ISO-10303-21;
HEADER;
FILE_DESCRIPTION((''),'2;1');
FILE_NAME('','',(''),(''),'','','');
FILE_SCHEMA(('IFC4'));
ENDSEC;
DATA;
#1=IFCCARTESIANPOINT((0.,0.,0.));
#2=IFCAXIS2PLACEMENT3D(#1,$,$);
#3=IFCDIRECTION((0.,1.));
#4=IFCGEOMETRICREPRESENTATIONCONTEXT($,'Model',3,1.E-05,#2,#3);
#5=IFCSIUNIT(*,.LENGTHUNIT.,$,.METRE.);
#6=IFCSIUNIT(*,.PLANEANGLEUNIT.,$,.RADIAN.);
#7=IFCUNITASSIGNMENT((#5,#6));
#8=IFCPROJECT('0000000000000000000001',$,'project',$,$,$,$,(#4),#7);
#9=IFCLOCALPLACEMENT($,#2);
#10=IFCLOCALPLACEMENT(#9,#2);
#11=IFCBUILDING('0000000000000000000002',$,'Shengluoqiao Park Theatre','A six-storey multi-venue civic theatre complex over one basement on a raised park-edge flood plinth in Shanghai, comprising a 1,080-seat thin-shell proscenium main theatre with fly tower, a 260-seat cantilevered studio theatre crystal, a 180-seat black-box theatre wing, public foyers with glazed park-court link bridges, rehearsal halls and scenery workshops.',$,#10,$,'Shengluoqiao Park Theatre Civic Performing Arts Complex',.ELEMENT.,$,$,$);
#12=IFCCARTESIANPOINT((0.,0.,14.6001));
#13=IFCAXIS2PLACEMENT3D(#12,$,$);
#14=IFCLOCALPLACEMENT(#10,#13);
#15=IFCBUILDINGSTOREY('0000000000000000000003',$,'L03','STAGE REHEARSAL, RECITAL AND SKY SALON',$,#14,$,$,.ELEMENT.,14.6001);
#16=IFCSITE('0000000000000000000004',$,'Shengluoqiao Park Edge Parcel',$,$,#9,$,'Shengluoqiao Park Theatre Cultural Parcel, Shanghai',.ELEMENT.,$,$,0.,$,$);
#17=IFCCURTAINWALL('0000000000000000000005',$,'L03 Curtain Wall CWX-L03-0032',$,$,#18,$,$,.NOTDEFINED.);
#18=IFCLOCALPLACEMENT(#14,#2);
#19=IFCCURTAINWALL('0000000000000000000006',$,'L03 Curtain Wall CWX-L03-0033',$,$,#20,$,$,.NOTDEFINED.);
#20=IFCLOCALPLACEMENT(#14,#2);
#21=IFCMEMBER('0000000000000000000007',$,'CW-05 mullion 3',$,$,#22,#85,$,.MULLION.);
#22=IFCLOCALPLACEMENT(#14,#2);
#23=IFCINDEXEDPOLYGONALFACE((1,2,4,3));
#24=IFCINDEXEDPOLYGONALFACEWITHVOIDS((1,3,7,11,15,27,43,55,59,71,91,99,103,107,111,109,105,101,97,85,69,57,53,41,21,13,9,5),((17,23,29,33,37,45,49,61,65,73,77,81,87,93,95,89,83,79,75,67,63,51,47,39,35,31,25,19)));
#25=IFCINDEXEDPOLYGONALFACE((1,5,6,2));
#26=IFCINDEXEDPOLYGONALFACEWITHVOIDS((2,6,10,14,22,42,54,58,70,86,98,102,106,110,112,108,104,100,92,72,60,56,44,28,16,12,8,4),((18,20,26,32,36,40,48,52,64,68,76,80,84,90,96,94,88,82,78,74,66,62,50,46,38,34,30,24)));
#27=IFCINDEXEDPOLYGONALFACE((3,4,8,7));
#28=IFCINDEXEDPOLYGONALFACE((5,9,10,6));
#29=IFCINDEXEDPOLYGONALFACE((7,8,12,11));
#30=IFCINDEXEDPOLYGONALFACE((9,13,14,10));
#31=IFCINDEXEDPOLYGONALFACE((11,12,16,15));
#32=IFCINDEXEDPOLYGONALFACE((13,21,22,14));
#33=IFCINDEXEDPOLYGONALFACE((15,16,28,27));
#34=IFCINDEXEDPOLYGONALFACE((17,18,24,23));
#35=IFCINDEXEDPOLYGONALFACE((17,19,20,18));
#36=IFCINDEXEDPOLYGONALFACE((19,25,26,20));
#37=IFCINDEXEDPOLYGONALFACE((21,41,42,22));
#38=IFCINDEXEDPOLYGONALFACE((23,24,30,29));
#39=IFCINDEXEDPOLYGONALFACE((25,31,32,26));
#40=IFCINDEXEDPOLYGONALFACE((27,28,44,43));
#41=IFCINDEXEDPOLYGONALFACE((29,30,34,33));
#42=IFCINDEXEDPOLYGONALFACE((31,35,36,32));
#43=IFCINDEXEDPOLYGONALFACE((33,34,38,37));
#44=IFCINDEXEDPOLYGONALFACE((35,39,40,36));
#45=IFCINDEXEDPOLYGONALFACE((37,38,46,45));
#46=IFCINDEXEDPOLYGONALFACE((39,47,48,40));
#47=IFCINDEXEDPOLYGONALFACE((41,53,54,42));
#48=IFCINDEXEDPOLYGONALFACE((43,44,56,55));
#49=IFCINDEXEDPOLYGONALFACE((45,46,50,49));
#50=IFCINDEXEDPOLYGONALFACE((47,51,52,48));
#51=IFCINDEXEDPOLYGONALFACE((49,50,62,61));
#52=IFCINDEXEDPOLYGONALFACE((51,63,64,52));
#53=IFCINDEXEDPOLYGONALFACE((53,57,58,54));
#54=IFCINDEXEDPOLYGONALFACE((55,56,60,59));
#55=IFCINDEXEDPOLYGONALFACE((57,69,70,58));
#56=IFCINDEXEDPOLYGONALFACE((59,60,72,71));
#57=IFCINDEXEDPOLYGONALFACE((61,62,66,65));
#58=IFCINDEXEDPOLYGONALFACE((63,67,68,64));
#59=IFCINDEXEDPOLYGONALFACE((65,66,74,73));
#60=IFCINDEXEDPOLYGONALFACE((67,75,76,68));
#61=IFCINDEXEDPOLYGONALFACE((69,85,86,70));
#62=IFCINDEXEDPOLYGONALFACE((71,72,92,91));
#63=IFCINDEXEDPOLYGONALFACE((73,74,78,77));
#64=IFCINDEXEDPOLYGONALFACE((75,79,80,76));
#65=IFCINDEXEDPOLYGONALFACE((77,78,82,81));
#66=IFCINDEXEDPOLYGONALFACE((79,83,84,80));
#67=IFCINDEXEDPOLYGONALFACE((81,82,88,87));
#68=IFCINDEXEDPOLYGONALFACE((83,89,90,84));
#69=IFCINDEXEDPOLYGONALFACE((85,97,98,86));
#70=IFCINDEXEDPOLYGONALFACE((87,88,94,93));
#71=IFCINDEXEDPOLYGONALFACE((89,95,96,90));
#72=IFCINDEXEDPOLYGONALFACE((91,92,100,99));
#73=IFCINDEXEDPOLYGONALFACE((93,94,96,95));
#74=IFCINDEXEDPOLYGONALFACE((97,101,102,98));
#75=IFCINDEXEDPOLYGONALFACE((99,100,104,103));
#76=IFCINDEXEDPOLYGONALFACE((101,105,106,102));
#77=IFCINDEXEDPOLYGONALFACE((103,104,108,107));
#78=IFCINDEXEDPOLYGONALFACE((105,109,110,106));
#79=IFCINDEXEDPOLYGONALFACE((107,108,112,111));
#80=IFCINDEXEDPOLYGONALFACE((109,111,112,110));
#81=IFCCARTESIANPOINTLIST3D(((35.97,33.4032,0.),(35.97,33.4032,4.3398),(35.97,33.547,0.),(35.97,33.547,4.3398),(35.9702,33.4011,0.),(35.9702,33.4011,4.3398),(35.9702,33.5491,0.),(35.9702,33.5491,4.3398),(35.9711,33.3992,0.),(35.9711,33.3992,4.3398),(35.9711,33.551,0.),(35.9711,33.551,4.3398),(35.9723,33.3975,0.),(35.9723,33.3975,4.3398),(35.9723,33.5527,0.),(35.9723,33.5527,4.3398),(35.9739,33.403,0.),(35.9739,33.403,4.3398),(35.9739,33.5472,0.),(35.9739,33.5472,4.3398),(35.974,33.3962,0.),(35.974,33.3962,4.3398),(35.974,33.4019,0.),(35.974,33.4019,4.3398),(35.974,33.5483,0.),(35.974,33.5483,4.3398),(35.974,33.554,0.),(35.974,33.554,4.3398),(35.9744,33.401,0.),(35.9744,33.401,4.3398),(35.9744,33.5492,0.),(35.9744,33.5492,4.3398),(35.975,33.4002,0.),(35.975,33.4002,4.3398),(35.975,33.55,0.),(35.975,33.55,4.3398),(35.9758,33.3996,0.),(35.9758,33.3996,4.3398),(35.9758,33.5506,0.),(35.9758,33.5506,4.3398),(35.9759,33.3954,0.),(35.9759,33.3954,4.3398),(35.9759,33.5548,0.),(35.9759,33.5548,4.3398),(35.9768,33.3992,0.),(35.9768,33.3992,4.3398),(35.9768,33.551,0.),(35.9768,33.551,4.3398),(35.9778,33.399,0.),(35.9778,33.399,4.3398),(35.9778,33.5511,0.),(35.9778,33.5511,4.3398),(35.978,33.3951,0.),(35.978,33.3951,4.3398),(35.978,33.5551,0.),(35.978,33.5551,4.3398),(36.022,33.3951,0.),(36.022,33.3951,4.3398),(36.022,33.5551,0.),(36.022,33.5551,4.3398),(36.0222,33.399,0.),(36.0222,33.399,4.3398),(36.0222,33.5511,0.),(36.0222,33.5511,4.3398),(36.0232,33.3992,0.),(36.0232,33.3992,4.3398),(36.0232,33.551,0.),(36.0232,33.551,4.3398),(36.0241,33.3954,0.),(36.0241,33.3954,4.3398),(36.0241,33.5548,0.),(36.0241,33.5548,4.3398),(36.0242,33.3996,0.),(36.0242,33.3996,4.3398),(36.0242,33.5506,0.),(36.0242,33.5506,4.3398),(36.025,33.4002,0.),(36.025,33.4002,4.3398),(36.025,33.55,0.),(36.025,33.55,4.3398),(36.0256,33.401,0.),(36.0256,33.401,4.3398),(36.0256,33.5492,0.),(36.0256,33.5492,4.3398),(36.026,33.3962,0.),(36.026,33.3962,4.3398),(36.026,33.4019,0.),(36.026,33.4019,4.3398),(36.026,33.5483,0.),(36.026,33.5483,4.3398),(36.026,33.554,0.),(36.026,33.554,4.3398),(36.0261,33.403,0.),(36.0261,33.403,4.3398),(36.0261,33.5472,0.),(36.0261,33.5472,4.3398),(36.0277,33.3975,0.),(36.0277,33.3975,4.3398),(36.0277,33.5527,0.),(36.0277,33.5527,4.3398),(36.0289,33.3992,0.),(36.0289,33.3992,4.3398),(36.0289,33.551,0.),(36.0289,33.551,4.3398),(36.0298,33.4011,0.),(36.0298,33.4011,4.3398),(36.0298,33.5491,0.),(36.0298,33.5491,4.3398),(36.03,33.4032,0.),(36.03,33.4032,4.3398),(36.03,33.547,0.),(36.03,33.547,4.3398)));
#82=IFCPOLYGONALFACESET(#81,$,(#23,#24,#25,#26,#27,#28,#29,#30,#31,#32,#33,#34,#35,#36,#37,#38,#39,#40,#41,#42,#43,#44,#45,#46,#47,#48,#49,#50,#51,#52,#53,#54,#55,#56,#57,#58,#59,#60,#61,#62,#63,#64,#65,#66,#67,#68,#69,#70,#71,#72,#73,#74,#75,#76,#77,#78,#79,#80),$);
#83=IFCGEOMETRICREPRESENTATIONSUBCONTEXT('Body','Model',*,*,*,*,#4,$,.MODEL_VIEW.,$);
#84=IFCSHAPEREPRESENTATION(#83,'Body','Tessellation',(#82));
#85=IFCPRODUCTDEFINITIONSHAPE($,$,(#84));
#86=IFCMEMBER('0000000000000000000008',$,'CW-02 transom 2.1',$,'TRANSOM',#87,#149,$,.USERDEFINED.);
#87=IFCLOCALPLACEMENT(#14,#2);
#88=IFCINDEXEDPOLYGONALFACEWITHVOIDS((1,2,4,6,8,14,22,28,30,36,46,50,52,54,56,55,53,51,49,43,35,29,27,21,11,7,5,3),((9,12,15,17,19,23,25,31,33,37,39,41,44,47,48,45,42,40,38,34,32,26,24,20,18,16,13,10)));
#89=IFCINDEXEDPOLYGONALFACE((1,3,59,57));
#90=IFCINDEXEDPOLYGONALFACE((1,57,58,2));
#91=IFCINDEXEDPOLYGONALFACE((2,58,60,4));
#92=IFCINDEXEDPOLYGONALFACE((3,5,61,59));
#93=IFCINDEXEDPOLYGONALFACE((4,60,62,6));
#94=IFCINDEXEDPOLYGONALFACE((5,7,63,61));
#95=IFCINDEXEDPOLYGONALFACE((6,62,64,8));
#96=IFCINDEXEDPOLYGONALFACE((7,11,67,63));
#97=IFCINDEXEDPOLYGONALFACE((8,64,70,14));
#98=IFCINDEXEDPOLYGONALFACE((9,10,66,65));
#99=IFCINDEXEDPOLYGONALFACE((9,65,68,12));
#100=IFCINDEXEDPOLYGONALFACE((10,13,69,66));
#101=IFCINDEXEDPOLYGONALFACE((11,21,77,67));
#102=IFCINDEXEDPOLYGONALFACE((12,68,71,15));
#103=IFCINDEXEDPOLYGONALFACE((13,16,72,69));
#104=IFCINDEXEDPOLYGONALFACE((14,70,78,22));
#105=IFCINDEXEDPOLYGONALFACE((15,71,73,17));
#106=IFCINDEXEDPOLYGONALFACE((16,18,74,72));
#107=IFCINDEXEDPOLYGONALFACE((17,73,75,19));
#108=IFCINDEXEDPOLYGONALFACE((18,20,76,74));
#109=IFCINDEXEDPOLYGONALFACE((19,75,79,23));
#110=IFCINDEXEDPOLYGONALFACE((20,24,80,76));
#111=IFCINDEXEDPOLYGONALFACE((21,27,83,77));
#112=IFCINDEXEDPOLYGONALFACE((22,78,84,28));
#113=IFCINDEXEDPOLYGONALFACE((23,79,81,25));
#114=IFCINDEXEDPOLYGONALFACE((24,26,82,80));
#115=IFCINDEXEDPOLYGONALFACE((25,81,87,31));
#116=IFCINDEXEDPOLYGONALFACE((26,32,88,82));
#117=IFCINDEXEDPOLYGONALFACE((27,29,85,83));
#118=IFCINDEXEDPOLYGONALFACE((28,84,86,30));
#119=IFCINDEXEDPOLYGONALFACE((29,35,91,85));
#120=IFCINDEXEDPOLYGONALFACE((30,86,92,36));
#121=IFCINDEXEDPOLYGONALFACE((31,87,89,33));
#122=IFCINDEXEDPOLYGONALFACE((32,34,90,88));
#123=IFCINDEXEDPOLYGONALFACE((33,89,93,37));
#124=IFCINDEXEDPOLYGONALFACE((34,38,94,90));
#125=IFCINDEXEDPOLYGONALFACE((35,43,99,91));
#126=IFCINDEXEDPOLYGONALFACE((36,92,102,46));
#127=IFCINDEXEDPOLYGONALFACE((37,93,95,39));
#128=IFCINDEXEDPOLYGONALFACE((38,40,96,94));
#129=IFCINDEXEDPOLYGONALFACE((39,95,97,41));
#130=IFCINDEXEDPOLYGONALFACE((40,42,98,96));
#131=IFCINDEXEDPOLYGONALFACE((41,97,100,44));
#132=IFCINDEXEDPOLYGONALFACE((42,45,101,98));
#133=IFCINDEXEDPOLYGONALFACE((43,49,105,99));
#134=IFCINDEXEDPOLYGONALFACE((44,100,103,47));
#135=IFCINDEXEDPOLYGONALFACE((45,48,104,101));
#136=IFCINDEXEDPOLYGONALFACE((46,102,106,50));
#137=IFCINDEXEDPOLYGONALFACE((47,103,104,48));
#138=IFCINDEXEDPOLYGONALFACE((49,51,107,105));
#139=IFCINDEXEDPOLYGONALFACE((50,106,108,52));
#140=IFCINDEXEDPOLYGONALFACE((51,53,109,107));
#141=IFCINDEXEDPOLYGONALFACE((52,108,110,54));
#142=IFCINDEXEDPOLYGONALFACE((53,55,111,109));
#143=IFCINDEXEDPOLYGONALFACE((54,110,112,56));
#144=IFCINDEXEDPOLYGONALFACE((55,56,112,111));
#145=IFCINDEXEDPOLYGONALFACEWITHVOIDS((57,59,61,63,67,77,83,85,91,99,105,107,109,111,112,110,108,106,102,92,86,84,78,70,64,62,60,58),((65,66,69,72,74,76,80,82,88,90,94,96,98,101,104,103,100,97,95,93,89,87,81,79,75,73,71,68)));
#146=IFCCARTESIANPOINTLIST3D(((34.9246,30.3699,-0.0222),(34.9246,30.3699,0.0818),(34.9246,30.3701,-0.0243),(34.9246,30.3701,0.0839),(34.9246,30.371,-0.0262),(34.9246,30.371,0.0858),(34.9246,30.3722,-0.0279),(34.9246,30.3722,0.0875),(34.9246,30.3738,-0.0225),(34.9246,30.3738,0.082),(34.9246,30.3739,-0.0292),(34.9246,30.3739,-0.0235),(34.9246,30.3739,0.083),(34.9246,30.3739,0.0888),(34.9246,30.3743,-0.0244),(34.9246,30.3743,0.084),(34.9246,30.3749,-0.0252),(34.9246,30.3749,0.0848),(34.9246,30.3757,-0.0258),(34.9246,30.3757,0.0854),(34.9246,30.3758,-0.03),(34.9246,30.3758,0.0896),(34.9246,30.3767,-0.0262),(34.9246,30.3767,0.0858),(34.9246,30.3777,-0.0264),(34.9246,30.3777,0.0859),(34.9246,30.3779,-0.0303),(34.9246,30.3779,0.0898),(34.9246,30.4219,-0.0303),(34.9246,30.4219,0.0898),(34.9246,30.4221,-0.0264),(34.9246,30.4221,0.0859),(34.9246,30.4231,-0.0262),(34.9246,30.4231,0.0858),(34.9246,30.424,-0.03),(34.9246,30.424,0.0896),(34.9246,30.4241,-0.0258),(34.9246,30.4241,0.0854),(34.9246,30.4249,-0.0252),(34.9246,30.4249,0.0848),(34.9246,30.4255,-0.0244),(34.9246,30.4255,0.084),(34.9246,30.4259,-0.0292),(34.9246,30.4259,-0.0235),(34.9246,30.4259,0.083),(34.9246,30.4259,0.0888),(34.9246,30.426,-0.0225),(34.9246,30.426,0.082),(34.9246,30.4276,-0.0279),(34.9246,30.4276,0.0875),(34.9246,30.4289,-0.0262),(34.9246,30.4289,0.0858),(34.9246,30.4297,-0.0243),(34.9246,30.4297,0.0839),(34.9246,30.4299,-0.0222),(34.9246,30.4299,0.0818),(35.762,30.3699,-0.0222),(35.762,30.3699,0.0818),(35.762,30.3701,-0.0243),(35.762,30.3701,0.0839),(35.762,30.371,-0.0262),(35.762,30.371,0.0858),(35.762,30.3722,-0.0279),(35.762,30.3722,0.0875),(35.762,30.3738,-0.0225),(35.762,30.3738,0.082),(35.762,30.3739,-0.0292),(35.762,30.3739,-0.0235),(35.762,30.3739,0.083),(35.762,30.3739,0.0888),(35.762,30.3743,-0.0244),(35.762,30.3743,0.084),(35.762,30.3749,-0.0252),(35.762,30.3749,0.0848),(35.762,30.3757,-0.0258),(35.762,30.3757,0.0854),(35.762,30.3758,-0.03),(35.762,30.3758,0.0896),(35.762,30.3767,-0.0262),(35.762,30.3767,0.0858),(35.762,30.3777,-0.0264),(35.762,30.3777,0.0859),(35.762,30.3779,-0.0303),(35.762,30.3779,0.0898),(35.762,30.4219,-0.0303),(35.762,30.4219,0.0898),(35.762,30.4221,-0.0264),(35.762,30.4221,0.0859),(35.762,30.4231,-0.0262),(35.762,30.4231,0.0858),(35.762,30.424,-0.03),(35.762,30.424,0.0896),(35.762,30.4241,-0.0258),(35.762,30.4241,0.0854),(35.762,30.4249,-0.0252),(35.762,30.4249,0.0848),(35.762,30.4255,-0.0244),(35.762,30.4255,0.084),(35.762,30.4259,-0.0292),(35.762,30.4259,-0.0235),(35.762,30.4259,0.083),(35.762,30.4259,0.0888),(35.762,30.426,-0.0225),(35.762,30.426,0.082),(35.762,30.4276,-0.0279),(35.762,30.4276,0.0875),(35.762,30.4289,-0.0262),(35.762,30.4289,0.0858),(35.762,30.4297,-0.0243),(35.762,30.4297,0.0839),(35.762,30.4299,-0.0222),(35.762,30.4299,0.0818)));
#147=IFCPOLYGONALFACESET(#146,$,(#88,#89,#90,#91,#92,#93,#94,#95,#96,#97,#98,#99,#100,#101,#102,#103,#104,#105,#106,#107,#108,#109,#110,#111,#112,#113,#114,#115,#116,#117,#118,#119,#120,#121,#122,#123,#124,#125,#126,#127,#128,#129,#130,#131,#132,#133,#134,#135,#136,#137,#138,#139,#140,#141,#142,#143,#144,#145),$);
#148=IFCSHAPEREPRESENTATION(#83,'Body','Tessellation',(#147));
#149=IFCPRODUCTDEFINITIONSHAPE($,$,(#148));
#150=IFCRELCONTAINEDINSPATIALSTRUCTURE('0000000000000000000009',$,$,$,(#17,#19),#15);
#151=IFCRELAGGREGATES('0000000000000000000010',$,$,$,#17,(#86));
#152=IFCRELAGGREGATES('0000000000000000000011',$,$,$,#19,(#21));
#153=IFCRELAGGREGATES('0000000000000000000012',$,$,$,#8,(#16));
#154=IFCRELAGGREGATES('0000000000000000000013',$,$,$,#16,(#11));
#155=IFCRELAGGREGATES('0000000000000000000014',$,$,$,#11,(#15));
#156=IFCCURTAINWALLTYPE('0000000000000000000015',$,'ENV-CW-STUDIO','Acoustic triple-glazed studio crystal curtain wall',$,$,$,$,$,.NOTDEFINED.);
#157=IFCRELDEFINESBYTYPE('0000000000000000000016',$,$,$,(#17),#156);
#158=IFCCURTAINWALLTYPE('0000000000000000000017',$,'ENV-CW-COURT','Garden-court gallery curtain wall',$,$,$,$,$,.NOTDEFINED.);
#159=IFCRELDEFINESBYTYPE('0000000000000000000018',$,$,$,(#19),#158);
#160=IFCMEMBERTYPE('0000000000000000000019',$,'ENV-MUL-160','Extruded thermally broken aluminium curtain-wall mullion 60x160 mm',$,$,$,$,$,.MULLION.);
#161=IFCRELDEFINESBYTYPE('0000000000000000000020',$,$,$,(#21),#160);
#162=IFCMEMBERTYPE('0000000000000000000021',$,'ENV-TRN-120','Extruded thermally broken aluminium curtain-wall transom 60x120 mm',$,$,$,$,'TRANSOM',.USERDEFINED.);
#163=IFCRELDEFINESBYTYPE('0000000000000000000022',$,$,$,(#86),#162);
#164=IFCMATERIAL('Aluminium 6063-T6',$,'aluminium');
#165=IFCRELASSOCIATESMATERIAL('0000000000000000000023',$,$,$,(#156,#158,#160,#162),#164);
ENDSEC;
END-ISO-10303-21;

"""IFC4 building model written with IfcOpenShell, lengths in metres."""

from ifc_helpers import new_model, si_unit, direction, frame, origin, origin_2d, place, context, subcontext, project, spatial, hollow_rectangle, extrude, material, material_profile, profile_set, type_object, element, aggregate, save


model = new_model("IFC4")

# Units and contexts
model_context = context("Model", 3, precision=1e-05, world=origin(), true_north=direction((0.0, 1.0)))
body_context = subcontext(model_context, "Body", "Model", "MODEL_VIEW")
ifc_project = project(units=[si_unit("LENGTHUNIT", "METRE"), si_unit("PLANEANGLEUNIT", "RADIAN")], contexts=[model_context])

# Site, building, storey
site_placement = place(None, origin())
site = spatial("IfcSite", under=ifc_project, at=site_placement, Name="Shengluoqiao Park Edge Parcel", LongName="Shengluoqiao Park Theatre Cultural Parcel, Shanghai", CompositionType="ELEMENT", RefElevation=0.0)
building_placement = place(site_placement, origin())
building = spatial("IfcBuilding", under=site, at=building_placement, Name="Shengluoqiao Park Theatre", Description="A six-storey multi-venue civic theatre complex over one basement on a raised park-edge flood plinth in Shanghai, comprising a 1,080-seat thin-shell proscenium main theatre with fly tower, a 260-seat cantilevered studio theatre crystal, a 180-seat black-box theatre wing, public foyers with glazed park-court link bridges, rehearsal halls and scenery workshops.", LongName="Shengluoqiao Park Theatre Civic Performing Arts Complex", CompositionType="ELEMENT")
storey_placement = place(building_placement, frame((0.0, 0.0, 14.6001)))
storey = spatial("IfcBuildingStorey", under=building, at=storey_placement, Name="L03", Description="STAGE REHEARSAL, RECITAL AND SKY SALON", CompositionType="ELEMENT", Elevation=14.6001)

# Curtain walls, member
ifc_material_1 = material(Name="Aluminium 6063-T6", Category="aluminium")
curtain_wall_type_1 = type_object("IfcCurtainWallType", Name="ENV-CW-STUDIO", Description="Acoustic triple-glazed studio crystal curtain wall", PredefinedType="NOTDEFINED", material=ifc_material_1)
curtain_wall_1_placement = place(storey_placement, origin())
curtain_wall_1 = element("IfcCurtainWall", 1, at=curtain_wall_1_placement, inside=storey, type_object=curtain_wall_type_1, Name="L03 Curtain Wall CWX-L03-0032", PredefinedType="NOTDEFINED")
ifc_material_profile_1 = material_profile(ifc_material_1, hollow_rectangle(XDim=0.0601, YDim=0.1599, WallThickness=0.0039, InnerFilletRadius=0.0039, OuterFilletRadius=0.0081, at=origin_2d()), Name="ALU MULLION 160x60x4")
ifc_profile_set_1 = profile_set([ifc_material_profile_1], Name="Aluminium 6063-T6")
member_type_1 = type_object("IfcMemberType", Name="ENV-MUL-160", Description="Extruded thermally broken aluminium curtain-wall mullion 60x160 mm", PredefinedType="MULLION", material=ifc_profile_set_1)
curtain_wall_type_2 = type_object("IfcCurtainWallType", Name="ENV-CW-COURT", Description="Garden-court gallery curtain wall", PredefinedType="NOTDEFINED", material=ifc_material_1)
curtain_wall_2_placement = place(storey_placement, origin())
curtain_wall_2 = element("IfcCurtainWall", 2, at=curtain_wall_2_placement, inside=storey, type_object=curtain_wall_type_2, Name="L03 Curtain Wall CWX-L03-0033", PredefinedType="NOTDEFINED")
member_1_placement = place(storey_placement, frame((36.0, 33.4751, 0.0), z_axis=(0.0, 0.0, 1.0), x_axis=(-1.0, 0.0, 0.0)))
member_1 = element("IfcMember", 3, at=member_1_placement, type_object=member_type_1, Name="CW-05 mullion 3", PredefinedType="MULLION", context=body_context, shape_type="SweptSolid", body=[
    extrude(hollow_rectangle(XDim=0.0601, YDim=0.1599, WallThickness=0.0039, InnerFilletRadius=0.0039, OuterFilletRadius=0.0081, at=origin_2d()), origin(), (0.0, 0.0, 1.0), 4.3398),
])

# Member
ifc_material_profile_2 = material_profile(ifc_material_1, hollow_rectangle(XDim=0.0601, YDim=0.1201, WallThickness=0.0039, InnerFilletRadius=0.0039, OuterFilletRadius=0.0081, at=origin_2d()), Name="ALU TRANSOM 120x60x4")
ifc_profile_set_2 = profile_set([ifc_material_profile_2], Name="Aluminium 6063-T6")
member_type_2 = type_object("IfcMemberType", Name="ENV-TRN-120", Description="Extruded thermally broken aluminium curtain-wall transom 60x120 mm", ElementType="TRANSOM", PredefinedType="USERDEFINED", material=ifc_profile_set_2)
member_2_placement = place(storey_placement, frame((34.9246, 30.3999, 0.0298), z_axis=(1.0, 0.0, 0.0), x_axis=(0.0, 1.0, 0.0)))
member_2 = element("IfcMember", 4, at=member_2_placement, type_object=member_type_2, Name="CW-02 transom 2.1", ObjectType="TRANSOM", PredefinedType="USERDEFINED", context=body_context, shape_type="SweptSolid", body=[
    extrude(hollow_rectangle(XDim=0.0601, YDim=0.1201, WallThickness=0.0039, InnerFilletRadius=0.0039, OuterFilletRadius=0.0081, at=origin_2d()), origin(), (0.0, 0.0, 1.0), 0.8374),
])

aggregate(curtain_wall_1, [member_2])
aggregate(curtain_wall_2, [member_1])

save(model, "model.ifc")
